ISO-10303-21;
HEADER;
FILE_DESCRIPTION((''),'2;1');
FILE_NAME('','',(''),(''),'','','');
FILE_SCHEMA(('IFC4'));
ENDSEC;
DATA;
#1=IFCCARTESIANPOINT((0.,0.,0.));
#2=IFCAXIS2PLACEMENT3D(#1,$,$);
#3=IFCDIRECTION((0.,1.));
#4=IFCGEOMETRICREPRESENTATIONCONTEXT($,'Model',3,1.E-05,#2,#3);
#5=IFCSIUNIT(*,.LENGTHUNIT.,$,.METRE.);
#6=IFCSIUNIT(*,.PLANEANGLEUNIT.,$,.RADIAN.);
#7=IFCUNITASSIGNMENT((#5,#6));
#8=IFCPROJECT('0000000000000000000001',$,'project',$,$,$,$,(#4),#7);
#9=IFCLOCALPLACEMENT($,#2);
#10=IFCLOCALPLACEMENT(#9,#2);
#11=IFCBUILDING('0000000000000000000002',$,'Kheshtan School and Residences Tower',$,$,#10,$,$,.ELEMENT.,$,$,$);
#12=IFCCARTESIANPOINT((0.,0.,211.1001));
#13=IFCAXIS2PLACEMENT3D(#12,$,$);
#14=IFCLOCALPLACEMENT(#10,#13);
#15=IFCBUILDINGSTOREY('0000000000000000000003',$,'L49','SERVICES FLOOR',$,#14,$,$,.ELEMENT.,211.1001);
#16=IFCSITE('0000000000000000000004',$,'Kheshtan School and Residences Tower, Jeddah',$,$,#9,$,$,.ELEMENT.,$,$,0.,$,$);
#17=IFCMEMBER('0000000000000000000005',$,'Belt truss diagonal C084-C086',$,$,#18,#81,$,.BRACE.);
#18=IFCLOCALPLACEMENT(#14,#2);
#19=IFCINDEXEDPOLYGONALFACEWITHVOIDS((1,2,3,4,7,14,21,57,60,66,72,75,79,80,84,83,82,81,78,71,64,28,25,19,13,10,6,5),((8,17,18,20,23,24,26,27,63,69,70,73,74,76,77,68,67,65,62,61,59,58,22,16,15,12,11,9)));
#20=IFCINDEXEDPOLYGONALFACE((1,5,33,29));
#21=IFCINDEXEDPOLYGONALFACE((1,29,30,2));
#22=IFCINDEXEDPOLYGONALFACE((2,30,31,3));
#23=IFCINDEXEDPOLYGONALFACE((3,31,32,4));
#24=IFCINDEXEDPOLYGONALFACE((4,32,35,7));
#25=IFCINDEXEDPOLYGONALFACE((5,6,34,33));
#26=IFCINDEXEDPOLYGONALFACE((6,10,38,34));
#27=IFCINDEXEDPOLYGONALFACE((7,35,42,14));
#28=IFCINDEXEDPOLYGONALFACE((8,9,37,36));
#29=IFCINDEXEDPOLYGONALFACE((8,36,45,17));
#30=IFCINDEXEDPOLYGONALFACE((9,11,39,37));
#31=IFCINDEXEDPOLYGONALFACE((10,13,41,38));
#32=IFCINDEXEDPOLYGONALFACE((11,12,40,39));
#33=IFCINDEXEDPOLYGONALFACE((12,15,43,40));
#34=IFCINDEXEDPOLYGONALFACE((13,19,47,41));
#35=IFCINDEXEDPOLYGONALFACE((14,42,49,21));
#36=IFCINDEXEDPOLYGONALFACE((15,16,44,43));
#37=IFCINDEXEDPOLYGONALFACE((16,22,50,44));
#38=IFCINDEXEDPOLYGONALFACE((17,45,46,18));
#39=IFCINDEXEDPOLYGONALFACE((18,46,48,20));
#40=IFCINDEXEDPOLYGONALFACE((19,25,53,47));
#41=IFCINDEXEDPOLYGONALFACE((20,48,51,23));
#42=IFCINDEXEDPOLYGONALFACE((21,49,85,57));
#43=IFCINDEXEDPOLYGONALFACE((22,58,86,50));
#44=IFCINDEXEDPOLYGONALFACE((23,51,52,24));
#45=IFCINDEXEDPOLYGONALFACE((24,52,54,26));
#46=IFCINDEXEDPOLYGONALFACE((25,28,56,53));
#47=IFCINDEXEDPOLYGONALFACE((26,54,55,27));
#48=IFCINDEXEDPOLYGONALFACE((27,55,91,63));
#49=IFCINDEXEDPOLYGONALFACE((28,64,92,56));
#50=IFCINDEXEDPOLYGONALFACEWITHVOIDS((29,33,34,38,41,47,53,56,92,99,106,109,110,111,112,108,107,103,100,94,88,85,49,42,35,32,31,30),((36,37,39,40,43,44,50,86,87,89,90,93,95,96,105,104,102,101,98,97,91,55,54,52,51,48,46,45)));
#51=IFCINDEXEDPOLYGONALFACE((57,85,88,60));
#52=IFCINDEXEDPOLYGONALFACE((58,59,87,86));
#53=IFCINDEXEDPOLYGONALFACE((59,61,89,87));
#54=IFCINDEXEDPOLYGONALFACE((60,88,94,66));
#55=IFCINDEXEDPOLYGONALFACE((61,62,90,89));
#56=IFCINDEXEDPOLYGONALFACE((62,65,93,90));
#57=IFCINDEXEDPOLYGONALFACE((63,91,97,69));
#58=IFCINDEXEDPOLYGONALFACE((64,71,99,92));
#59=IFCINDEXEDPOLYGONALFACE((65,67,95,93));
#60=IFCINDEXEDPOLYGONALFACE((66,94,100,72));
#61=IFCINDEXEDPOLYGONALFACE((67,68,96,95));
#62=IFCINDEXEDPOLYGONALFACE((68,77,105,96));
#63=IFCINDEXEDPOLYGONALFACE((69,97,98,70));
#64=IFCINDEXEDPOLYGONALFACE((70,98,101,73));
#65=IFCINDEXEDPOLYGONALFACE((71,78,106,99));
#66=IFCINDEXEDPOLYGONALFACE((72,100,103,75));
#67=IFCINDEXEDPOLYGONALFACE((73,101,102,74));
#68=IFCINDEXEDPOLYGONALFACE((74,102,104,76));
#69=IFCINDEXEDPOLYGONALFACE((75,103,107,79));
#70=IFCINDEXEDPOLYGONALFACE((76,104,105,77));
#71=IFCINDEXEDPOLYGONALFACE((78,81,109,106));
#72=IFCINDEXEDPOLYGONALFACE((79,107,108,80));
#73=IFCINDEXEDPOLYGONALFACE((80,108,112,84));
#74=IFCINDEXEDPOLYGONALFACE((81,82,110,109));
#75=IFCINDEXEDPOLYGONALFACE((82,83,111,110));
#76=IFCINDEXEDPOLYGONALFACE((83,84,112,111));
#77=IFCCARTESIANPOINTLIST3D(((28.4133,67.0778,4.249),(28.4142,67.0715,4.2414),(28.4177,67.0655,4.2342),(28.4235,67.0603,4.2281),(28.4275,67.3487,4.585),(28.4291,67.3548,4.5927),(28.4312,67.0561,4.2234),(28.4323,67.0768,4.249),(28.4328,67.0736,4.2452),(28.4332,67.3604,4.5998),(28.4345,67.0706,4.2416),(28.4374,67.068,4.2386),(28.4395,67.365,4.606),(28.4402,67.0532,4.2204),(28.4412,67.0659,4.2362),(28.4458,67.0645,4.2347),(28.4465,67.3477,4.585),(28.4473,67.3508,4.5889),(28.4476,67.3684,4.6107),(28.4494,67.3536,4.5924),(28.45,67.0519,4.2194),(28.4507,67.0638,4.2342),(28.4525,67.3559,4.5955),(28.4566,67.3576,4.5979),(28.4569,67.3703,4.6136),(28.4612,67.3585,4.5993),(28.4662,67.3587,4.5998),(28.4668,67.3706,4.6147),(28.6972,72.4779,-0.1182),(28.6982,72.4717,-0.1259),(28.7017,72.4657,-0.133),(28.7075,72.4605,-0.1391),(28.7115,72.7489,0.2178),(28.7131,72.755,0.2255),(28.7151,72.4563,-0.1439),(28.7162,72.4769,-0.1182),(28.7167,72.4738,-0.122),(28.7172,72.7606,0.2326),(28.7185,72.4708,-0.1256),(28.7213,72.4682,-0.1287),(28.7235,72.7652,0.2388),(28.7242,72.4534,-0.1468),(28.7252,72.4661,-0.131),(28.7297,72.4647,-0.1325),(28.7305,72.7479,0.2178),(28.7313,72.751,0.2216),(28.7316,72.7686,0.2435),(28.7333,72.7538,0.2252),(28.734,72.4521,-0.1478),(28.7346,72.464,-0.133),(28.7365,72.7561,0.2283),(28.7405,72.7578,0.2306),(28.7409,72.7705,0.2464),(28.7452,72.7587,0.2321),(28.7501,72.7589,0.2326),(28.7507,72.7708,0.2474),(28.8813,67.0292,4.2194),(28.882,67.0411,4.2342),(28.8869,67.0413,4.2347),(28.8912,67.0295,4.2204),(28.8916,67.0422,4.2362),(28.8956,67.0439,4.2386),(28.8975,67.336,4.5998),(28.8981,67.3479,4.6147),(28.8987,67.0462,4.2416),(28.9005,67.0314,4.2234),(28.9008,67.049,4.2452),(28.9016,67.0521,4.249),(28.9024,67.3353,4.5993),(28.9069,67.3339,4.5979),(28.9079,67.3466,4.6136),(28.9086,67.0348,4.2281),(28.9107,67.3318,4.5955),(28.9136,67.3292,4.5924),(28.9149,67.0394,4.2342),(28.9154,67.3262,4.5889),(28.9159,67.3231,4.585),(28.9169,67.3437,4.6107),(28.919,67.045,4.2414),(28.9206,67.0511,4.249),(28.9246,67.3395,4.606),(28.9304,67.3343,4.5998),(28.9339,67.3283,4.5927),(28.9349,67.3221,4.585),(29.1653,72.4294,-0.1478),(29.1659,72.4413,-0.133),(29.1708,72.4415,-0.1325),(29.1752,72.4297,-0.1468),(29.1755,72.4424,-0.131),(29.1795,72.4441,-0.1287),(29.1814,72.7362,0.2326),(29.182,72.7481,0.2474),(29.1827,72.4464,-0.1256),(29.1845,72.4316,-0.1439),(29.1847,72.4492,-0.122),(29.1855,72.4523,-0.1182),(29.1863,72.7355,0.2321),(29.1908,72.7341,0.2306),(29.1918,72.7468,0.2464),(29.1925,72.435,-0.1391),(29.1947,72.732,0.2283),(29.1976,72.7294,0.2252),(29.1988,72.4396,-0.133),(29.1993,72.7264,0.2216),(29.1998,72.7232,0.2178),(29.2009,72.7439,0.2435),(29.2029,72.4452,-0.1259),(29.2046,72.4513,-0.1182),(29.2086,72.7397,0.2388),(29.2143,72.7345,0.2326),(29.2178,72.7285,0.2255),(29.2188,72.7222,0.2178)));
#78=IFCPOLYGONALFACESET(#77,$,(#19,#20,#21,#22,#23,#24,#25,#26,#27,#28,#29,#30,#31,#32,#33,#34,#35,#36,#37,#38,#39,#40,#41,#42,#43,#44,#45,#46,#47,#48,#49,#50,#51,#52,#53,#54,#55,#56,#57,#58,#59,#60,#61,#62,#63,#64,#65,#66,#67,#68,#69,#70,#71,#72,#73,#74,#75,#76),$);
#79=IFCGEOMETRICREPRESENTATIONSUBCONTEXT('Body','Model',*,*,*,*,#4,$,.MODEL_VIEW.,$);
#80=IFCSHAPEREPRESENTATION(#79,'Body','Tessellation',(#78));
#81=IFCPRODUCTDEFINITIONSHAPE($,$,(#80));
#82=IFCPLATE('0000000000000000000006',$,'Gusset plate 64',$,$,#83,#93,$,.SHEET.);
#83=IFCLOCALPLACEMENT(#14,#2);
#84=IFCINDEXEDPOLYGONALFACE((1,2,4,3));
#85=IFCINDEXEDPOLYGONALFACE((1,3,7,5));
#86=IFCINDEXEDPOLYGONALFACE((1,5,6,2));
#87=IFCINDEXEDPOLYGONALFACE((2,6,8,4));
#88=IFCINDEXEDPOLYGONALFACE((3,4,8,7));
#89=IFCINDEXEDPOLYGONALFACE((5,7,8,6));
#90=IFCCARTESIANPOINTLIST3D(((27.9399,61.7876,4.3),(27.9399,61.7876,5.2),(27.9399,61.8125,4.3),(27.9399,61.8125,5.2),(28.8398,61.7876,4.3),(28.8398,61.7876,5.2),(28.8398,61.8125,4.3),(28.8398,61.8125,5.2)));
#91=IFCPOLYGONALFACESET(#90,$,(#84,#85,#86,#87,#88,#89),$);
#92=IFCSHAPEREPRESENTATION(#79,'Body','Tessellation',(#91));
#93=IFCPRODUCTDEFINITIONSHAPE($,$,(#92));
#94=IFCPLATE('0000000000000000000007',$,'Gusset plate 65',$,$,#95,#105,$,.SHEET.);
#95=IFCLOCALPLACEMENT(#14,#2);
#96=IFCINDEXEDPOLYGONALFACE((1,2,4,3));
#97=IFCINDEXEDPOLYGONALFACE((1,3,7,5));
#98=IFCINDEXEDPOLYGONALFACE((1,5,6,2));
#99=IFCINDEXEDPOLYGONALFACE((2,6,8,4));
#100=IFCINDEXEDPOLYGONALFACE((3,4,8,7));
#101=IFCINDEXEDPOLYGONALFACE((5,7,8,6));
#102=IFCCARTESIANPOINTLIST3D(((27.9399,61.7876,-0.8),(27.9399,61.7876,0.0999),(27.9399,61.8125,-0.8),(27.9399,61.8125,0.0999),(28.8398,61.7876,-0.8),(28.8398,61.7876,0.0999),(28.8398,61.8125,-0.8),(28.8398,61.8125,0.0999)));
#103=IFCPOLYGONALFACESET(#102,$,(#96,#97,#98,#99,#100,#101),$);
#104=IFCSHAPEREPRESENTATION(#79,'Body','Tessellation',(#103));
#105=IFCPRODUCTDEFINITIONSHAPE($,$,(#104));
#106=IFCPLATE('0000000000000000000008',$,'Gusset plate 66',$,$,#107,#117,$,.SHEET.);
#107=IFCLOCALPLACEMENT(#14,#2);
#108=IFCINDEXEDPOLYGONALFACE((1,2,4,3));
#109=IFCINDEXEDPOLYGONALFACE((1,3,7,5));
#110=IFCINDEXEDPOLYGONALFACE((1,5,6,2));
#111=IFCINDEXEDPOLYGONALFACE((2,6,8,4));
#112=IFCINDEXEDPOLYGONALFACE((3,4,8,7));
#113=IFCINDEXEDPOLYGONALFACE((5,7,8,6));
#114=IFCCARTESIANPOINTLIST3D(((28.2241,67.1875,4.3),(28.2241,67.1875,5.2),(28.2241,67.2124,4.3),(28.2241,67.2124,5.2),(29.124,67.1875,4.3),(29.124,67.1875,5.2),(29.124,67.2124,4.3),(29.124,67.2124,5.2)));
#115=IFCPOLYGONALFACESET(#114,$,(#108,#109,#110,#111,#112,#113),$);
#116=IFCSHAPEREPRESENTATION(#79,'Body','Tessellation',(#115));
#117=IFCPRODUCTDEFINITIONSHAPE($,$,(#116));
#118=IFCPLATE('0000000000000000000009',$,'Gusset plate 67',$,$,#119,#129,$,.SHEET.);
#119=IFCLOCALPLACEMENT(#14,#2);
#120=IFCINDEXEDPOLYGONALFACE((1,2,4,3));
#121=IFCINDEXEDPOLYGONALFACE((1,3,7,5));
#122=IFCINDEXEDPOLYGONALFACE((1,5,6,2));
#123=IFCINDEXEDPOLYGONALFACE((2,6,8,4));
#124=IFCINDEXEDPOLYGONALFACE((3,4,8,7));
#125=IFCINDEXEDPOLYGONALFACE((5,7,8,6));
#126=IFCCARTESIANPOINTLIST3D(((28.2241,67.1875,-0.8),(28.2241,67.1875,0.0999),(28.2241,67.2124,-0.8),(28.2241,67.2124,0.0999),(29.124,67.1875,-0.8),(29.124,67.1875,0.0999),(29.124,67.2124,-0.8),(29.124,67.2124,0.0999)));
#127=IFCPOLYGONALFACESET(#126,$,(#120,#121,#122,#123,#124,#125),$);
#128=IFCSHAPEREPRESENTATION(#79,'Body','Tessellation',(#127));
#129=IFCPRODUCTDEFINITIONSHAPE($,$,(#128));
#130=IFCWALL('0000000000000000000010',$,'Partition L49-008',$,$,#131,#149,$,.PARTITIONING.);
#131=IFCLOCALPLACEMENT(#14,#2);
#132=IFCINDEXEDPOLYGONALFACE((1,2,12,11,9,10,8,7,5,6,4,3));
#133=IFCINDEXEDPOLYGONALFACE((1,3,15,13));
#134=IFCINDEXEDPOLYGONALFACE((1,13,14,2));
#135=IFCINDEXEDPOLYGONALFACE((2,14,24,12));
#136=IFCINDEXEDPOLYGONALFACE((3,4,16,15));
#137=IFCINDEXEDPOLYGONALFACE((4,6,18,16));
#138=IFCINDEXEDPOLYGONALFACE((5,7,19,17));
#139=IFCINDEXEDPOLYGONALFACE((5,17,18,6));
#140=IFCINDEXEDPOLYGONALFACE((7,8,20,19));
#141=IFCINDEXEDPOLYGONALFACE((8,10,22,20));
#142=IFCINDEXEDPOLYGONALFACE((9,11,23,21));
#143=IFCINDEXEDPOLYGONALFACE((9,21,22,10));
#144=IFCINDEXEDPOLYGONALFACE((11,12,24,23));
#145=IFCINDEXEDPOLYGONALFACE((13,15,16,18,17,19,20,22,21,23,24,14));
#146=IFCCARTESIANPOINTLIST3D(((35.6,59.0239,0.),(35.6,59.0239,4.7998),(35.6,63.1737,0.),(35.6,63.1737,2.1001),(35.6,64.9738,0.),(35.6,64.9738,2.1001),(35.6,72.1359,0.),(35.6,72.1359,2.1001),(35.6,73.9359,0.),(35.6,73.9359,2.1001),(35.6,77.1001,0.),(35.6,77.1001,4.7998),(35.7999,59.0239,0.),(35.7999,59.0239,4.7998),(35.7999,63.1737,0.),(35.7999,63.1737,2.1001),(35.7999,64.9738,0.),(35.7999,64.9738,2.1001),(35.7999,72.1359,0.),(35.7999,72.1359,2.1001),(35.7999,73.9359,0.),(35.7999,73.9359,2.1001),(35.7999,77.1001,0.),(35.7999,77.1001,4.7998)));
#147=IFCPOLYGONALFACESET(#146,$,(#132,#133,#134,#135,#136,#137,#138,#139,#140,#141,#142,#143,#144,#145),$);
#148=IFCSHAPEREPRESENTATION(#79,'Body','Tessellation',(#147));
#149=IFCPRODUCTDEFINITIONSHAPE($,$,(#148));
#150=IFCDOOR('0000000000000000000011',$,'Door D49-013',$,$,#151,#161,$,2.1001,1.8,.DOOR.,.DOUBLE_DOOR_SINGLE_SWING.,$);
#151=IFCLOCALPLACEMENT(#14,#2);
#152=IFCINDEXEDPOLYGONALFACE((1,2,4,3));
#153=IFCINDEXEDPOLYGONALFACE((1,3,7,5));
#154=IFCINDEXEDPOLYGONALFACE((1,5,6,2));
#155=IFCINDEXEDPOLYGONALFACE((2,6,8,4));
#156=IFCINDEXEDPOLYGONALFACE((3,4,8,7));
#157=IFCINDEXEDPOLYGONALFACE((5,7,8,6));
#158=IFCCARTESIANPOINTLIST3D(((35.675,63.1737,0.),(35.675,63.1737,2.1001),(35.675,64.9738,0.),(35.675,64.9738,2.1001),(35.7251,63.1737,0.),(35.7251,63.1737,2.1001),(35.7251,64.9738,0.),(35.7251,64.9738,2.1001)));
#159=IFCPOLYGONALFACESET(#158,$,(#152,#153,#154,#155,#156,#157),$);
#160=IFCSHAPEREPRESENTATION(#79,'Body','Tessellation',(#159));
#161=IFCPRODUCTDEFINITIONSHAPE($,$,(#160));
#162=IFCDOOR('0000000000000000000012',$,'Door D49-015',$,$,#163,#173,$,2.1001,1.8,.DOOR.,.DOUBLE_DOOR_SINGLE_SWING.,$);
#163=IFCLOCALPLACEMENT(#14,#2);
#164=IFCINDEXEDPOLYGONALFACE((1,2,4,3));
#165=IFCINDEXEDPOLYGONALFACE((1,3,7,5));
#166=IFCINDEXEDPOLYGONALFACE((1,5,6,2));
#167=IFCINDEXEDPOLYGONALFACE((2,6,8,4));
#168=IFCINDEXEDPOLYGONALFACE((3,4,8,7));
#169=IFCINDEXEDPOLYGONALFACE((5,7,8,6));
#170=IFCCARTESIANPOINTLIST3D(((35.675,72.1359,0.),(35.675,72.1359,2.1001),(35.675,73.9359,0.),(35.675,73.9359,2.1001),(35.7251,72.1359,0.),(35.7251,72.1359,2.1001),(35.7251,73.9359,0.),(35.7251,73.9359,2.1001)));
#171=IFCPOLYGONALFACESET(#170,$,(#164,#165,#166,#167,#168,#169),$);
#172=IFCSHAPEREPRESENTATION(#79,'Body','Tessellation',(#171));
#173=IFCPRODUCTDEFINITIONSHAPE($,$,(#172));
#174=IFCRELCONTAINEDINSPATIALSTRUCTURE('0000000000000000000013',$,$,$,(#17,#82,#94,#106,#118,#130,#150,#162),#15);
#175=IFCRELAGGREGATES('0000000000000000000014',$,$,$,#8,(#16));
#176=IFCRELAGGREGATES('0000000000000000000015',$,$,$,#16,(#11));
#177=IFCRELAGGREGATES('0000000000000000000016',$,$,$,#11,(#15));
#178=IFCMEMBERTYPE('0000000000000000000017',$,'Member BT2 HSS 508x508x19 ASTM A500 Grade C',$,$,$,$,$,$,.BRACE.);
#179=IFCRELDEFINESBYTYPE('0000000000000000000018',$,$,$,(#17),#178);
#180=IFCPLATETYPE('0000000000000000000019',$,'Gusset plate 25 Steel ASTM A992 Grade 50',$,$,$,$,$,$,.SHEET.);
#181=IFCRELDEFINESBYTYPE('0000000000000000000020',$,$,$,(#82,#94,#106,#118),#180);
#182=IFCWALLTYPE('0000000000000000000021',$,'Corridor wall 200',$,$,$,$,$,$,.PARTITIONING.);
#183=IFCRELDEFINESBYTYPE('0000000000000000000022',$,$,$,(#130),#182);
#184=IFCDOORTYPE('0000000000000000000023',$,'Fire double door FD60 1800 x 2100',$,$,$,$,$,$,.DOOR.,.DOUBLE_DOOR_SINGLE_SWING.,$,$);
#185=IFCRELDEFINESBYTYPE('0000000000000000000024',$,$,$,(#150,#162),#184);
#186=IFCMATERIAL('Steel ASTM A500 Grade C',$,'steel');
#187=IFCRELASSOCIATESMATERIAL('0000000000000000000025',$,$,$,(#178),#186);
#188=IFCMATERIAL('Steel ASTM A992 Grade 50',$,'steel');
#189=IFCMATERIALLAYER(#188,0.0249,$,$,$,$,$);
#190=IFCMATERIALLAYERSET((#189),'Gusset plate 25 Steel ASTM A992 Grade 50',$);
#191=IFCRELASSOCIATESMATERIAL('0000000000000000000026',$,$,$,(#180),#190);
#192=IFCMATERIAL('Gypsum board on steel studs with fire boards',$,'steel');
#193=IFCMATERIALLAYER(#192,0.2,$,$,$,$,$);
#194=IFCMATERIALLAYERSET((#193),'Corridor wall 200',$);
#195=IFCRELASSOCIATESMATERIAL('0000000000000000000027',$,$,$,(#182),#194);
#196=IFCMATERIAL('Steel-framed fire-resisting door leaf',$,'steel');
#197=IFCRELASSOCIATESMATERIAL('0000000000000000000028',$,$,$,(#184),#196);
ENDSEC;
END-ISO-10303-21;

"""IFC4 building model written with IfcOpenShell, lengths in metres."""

from ifc_helpers import new_model, si_unit, direction, frame, frame_2d, origin, origin_2d, place, context, subcontext, project, spatial, rectangle, hollow_rectangle, extrude, source, transform, mapped, material, layer, layer_set, material_profile, profile_set, type_object, element, fill, save


model = new_model("IFC4")

# Units and contexts
model_context = context("Model", 3, precision=1e-05, world=origin(), true_north=direction((0.0, 1.0)))
body_context = subcontext(model_context, "Body", "Model", "MODEL_VIEW")
ifc_project = project(units=[si_unit("LENGTHUNIT", "METRE"), si_unit("PLANEANGLEUNIT", "RADIAN")], contexts=[model_context])

# Site, building, storey
site_placement = place(None, origin())
site = spatial("IfcSite", under=ifc_project, at=site_placement, Name="Kheshtan School and Residences Tower, Jeddah", CompositionType="ELEMENT", RefElevation=0.0)
building_placement = place(site_placement, origin())
building = spatial("IfcBuilding", under=site, at=building_placement, Name="Kheshtan School and Residences Tower", CompositionType="ELEMENT")
storey_placement = place(building_placement, frame((0.0, 0.0, 211.1001)))
storey = spatial("IfcBuildingStorey", under=building, at=storey_placement, Name="L49", Description="SERVICES FLOOR", CompositionType="ELEMENT", Elevation=211.1001)

# Shared definitions
ifc_material_1 = material(Name="Steel ASTM A992 Grade 50", Category="steel")

# Member
ifc_material_2 = material(Name="Steel ASTM A500 Grade C", Category="steel")
ifc_material_profile_1 = material_profile(ifc_material_2, hollow_rectangle(XDim=0.5081, YDim=0.5081, WallThickness=0.019, InnerFilletRadius=0.019, OuterFilletRadius=0.0381, at=origin_2d()), Name="HSS 508x508x19")
ifc_profile_set_1 = profile_set([ifc_material_profile_1], Name="Steel ASTM A500 Grade C")
member_type = type_object("IfcMemberType", Name="Member BT2 HSS 508x508x19 ASTM A500 Grade C", PredefinedType="BRACE", material=ifc_profile_set_1)
member_1_placement = place(storey_placement, frame((28.958, 72.6001, 0.0498), z_axis=(-0.040849, -0.776903, 0.628294), x_axis=(0.998621, -0.052507, 0.0)))
element("IfcMember", 1, at=member_1_placement, inside=storey, type_object=member_type, Name="Belt truss diagonal C084-C086", PredefinedType="BRACE", context=body_context, shape_type="SweptSolid", body=[
    extrude(hollow_rectangle(XDim=0.5081, YDim=0.5081, WallThickness=0.019, InnerFilletRadius=0.019, OuterFilletRadius=0.0381, at=origin_2d()), origin(), (0.0, 0.0, 1.0), 6.9509),
])

# Plates
ifc_layer_1 = layer(ifc_material_1, 0.0249)
ifc_layer_set_1 = layer_set([ifc_layer_1], Name="Gusset plate 25 Steel ASTM A992 Grade 50")
plate_type = type_object("IfcPlateType", Name="Gusset plate 25 Steel ASTM A992 Grade 50", PredefinedType="SHEET", material=ifc_layer_set_1)
for number, where, z_axis, x_axis, name in (
    (2, (28.3899, 61.8, 4.3), (0.0, 0.0, 1.0), (1.0, 0.0, 0.0), "Gusset plate 64"),
    (3, (28.3899, 61.8, -0.8), (0.0, 0.0, 1.0), (1.0, 0.0, 0.0), "Gusset plate 65"),
    (4, (28.6741, 67.2, 4.3), (0.0, 0.0, 1.0), (1.0, 0.0, 0.0), "Gusset plate 66"),
    (5, (28.6741, 67.2, -0.8), (0.0, 0.0, 1.0), (1.0, 0.0, 0.0), "Gusset plate 67"),
):
    element("IfcPlate", number, at=place(storey_placement, frame(where, z_axis=z_axis, x_axis=x_axis)), inside=storey, type_object=plate_type, Name=name, PredefinedType="SHEET", context=body_context, shape_type="SweptSolid", body=[
        extrude(rectangle(XDim=0.8999, YDim=0.0249, at=origin_2d()), origin(), (0.0, 0.0, 1.0), 0.8999),
    ])

# Wall, openings, doors
ifc_material_3 = material(Name="Gypsum board on steel studs with fire boards", Category="steel")
ifc_layer_2 = layer(ifc_material_3, 0.2)
ifc_layer_set_2 = layer_set([ifc_layer_2], Name="Corridor wall 200")
wall_type_1 = type_object("IfcWallType", Name="Corridor wall 200", PredefinedType="PARTITIONING", material=ifc_layer_set_2)
wall_1_placement = place(storey_placement, frame((35.7, 59.0239, 0.0), z_axis=(0.0, 0.0, 1.0), x_axis=(0.0, 1.0, 0.0)))
wall_1 = element("IfcWall", 6, at=wall_1_placement, inside=storey, type_object=wall_type_1, Name="Partition L49-008", PredefinedType="PARTITIONING", context=body_context, shape_type="SweptSolid", body=[
    extrude(rectangle(XDim=18.0762, YDim=0.2, at=frame_2d((9.0381, 0.0))), origin(), (0.0, 0.0, 1.0), 4.7998),
])
opening_1_placement = place(wall_1_placement, frame((4.1499, 0.0, 0.0)))
opening_1 = element("IfcOpeningElement", 7, at=opening_1_placement, cuts=wall_1, PredefinedType="OPENING", context=body_context, shape_type="SweptSolid", body=[
    extrude(rectangle(XDim=1.8, YDim=2.1001, at=frame_2d((0.8999, 1.05))), frame((0.0, 0.1099, 0.0), z_axis=(0.0, -1.0, 0.0), x_axis=(1.0, 0.0, 0.0)), (0.0, 0.0, 1.0), 0.22),
])
opening_2_placement = place(wall_1_placement, frame((13.1121, 0.0, 0.0)))
opening_2 = element("IfcOpeningElement", 8, at=opening_2_placement, cuts=wall_1, PredefinedType="OPENING", context=body_context, shape_type="SweptSolid", body=[
    extrude(rectangle(XDim=1.8, YDim=2.1001, at=frame_2d((0.8999, 1.05))), frame((0.0, 0.1099, 0.0), z_axis=(0.0, -1.0, 0.0), x_axis=(1.0, 0.0, 0.0)), (0.0, 0.0, 1.0), 0.22),
])
ifc_material_4 = material(Name="Steel-framed fire-resisting door leaf", Category="steel")
door_type_1 = type_object("IfcDoorType", Name="Fire double door FD60 1800 x 2100", OperationType="DOUBLE_DOOR_SINGLE_SWING", PredefinedType="DOOR", material=ifc_material_4)
shared_shape_1 = source(origin(), body_context, "Body", "SweptSolid", [
    extrude(rectangle(XDim=1.8, YDim=2.1001, at=frame_2d((0.8999, 1.05))), frame((0.0, 0.0249, 0.0), z_axis=(0.0, -1.0, 0.0), x_axis=(1.0, 0.0, 0.0)), (0.0, 0.0, 1.0), 0.05),
])
door_1_placement = place(opening_1_placement, origin())
door_1 = element("IfcDoor", 9, at=door_1_placement, inside=storey, type_object=door_type_1, Name="Door D49-013", OperationType="DOUBLE_DOOR_SINGLE_SWING", OverallHeight=2.1001, OverallWidth=1.8, PredefinedType="DOOR", context=body_context, shape_type="MappedRepresentation", body=[
    mapped(shared_shape_1, transform((0.0, 0.0, 0.0), x_axis=(1.0, 0.0, 0.0), y_axis=(0.0, 1.0, 0.0), z_axis=(0.0, 0.0, 1.0), scale=1.0)),
])
fill(opening_1, door_1)
door_2_placement = place(opening_2_placement, origin())
door_2 = element("IfcDoor", 10, at=door_2_placement, inside=storey, type_object=door_type_1, Name="Door D49-015", OperationType="DOUBLE_DOOR_SINGLE_SWING", OverallHeight=2.1001, OverallWidth=1.8, PredefinedType="DOOR", context=body_context, shape_type="MappedRepresentation", body=[
    mapped(shared_shape_1, transform((0.0, 0.0, 0.0), x_axis=(1.0, 0.0, 0.0), y_axis=(0.0, 1.0, 0.0), z_axis=(0.0, 0.0, 1.0), scale=1.0)),
])
fill(opening_2, door_2)

save(model, "model.ifc")
